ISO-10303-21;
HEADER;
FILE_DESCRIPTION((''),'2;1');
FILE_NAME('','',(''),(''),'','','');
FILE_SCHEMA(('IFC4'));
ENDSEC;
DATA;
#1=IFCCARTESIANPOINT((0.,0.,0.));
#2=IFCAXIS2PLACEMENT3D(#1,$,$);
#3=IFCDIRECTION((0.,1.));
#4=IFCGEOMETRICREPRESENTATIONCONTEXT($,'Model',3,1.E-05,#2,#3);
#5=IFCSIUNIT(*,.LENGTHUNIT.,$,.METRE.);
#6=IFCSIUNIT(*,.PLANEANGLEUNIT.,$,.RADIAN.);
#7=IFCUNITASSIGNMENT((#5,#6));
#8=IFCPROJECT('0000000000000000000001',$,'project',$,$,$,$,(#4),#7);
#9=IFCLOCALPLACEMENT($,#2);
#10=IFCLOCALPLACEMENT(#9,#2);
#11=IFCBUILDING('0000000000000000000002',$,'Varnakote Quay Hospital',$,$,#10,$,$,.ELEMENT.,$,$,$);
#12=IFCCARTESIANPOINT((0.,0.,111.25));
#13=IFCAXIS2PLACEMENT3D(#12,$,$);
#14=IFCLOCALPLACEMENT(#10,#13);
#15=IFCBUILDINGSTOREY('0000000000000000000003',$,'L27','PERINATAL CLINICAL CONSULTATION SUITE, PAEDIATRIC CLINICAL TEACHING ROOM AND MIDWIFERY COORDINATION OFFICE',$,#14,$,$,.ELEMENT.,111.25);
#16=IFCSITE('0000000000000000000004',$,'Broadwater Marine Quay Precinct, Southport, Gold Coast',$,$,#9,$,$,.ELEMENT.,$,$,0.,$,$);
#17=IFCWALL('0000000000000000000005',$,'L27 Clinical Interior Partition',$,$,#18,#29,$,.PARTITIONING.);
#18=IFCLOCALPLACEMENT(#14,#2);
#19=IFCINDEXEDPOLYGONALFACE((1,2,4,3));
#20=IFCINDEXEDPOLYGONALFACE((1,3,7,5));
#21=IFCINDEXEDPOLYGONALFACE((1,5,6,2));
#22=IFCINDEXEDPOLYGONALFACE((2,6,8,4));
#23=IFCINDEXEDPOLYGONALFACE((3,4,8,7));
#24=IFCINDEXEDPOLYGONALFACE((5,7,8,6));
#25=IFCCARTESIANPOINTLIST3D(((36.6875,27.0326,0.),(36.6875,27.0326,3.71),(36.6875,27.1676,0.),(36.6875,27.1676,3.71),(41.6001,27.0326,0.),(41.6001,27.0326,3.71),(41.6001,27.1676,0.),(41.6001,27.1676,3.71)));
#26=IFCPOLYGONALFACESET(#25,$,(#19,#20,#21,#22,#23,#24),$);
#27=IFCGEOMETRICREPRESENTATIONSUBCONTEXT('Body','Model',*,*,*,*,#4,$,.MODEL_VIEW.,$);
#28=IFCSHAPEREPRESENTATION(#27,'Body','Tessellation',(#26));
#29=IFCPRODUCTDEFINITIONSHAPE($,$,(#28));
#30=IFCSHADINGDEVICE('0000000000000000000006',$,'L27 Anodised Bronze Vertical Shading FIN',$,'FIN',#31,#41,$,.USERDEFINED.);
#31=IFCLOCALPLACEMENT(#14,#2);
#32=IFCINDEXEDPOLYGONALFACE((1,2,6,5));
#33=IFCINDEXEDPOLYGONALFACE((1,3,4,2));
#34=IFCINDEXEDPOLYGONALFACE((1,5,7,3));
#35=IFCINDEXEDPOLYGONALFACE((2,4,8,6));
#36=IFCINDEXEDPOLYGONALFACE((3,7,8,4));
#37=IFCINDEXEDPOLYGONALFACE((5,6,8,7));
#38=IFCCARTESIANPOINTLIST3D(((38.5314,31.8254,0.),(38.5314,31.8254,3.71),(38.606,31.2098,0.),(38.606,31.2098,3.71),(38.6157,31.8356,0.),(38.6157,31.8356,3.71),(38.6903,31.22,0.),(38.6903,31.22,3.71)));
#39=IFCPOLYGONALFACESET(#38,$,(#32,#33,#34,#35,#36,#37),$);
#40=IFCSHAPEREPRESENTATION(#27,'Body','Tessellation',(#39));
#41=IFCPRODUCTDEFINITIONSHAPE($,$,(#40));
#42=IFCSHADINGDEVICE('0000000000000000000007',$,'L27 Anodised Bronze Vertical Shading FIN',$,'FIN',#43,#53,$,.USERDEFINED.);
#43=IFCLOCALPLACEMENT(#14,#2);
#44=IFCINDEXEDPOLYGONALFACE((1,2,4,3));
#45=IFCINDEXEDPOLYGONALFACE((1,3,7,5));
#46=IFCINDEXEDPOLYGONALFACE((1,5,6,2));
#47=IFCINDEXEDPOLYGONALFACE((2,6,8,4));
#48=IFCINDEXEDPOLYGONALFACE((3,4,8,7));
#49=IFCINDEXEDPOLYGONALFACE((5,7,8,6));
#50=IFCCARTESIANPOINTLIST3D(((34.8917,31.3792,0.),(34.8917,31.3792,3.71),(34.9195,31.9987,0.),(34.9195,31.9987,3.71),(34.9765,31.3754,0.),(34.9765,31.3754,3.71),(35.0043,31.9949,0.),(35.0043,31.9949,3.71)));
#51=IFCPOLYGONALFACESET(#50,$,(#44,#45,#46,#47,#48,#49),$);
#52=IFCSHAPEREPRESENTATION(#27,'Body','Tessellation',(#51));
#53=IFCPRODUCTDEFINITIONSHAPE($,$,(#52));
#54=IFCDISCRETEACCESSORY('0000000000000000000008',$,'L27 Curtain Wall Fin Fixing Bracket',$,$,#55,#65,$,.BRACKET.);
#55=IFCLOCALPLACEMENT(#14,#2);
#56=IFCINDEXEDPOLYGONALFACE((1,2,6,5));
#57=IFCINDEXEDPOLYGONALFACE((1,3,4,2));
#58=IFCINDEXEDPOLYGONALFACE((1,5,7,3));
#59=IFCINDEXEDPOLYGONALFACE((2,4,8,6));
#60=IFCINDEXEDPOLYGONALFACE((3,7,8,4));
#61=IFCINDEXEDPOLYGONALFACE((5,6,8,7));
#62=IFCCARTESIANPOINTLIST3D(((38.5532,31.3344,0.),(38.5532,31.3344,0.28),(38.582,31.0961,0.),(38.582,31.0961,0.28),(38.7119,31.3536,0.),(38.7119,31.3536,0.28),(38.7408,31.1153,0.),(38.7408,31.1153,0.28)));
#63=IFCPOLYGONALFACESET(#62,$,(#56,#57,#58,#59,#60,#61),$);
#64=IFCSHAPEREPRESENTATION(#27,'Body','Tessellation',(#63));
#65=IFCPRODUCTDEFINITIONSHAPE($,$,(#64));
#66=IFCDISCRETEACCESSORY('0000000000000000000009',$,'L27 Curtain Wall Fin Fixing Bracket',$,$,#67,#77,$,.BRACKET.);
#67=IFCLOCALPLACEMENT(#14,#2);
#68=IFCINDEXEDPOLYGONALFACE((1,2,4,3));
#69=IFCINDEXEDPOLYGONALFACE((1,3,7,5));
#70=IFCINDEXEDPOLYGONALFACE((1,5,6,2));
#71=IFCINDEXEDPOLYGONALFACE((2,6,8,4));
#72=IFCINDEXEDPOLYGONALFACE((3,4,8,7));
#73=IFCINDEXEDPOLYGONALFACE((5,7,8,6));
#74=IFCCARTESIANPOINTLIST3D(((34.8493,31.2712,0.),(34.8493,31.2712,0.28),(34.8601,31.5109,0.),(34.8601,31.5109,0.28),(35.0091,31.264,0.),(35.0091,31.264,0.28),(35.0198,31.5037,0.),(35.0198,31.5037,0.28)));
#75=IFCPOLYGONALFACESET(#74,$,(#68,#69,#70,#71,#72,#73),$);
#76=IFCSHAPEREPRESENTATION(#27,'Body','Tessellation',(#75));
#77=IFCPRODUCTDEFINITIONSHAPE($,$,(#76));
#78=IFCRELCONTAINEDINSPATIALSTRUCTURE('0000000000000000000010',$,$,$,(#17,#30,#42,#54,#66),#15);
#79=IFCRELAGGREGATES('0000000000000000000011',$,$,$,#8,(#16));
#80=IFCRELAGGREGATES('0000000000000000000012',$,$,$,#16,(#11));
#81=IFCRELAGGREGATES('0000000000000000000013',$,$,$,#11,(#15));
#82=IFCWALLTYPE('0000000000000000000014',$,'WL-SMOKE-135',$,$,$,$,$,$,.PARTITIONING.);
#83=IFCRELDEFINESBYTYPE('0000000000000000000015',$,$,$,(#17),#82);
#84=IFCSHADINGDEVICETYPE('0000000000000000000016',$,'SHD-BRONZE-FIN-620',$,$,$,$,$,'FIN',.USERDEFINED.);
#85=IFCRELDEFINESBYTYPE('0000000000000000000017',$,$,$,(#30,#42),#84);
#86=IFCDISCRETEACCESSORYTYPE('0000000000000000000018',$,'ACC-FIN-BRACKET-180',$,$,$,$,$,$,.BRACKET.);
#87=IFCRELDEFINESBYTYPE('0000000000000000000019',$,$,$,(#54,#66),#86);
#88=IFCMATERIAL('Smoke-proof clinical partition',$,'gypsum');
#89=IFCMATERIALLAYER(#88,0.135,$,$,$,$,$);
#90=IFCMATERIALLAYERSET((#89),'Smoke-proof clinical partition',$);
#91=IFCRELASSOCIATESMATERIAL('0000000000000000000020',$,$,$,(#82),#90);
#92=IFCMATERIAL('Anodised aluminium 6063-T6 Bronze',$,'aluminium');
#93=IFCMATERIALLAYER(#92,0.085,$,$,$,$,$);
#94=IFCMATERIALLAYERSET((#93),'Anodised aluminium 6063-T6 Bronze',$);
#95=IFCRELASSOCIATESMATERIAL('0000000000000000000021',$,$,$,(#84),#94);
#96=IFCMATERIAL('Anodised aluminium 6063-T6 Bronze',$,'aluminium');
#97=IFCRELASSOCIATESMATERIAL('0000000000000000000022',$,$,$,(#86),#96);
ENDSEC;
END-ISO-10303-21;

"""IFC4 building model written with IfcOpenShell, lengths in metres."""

from ifc_helpers import new_model, si_unit, direction, frame, frame_2d, origin, origin_2d, place, context, subcontext, project, spatial, rectangle, extrude, material, layer, layer_set, type_object, element, save


model = new_model("IFC4")

# Units and contexts
model_context = context("Model", 3, precision=1e-05, world=origin(), true_north=direction((0.0, 1.0)))
body_context = subcontext(model_context, "Body", "Model", "MODEL_VIEW")
ifc_project = project(units=[si_unit("LENGTHUNIT", "METRE"), si_unit("PLANEANGLEUNIT", "RADIAN")], contexts=[model_context])

# Site, building, storey
site_placement = place(None, origin())
site = spatial("IfcSite", under=ifc_project, at=site_placement, Name="Broadwater Marine Quay Precinct, Southport, Gold Coast", CompositionType="ELEMENT", RefElevation=0.0)
building_placement = place(site_placement, origin())
building = spatial("IfcBuilding", under=site, at=building_placement, Name="Varnakote Quay Hospital", CompositionType="ELEMENT")
storey_placement = place(building_placement, frame((0.0, 0.0, 111.25)))
storey = spatial("IfcBuildingStorey", under=building, at=storey_placement, Name="L27", Description="PERINATAL CLINICAL CONSULTATION SUITE, PAEDIATRIC CLINICAL TEACHING ROOM AND MIDWIFERY COORDINATION OFFICE", CompositionType="ELEMENT", Elevation=111.25)

# Wall
ifc_material_1 = material(Name="Smoke-proof clinical partition", Category="gypsum")
ifc_layer_1 = layer(ifc_material_1, 0.135)
ifc_layer_set_1 = layer_set([ifc_layer_1], Name="Smoke-proof clinical partition")
wall_type = type_object("IfcWallType", Name="WL-SMOKE-135", PredefinedType="PARTITIONING", material=ifc_layer_set_1)
wall_1_placement = place(storey_placement, frame((41.6001, 27.1001, 0.0), z_axis=(0.0, 0.0, 1.0), x_axis=(-1.0, 0.0, 0.0)))
element("IfcWall", 1, at=wall_1_placement, inside=storey, type_object=wall_type, Name="L27 Clinical Interior Partition", PredefinedType="PARTITIONING", context=body_context, shape_type="SweptSolid", body=[
    extrude(rectangle(XDim=4.9126, YDim=0.135, at=frame_2d((2.4563, 0.0))), origin(), (0.0, 0.0, 1.0), 3.71),
])

# Shading devices
ifc_material_2 = material(Name="Anodised aluminium 6063-T6 Bronze", Category="aluminium")
ifc_layer_2 = layer(ifc_material_2, 0.085)
ifc_layer_set_2 = layer_set([ifc_layer_2], Name="Anodised aluminium 6063-T6 Bronze")
shading_device_type = type_object("IfcShadingDeviceType", Name="SHD-BRONZE-FIN-620", ElementType="FIN", PredefinedType="USERDEFINED", material=ifc_layer_set_2)
for number, where, z_axis, x_axis, name in (
    (2, (38.6108, 31.5227, 0.0), (0.0, 0.0, 1.0), (0.12031, -0.992736, 0.0), "L27 Anodised Bronze Vertical Shading FIN"),
    (3, (34.948, 31.687, 0.0), (0.0, 0.0, 1.0), (-0.04484, -0.998994, 0.0), "L27 Anodised Bronze Vertical Shading FIN"),
):
    element("IfcShadingDevice", number, at=place(storey_placement, frame(where, z_axis=z_axis, x_axis=x_axis)), inside=storey, type_object=shading_device_type, Name=name, ObjectType="FIN", PredefinedType="USERDEFINED", context=body_context, shape_type="SweptSolid", body=[
        extrude(rectangle(XDim=0.6201, YDim=0.085, at=origin_2d()), origin(), (0.0, 0.0, 1.0), 3.71),
    ])

# Discrete accessories
ifc_material_3 = material(Name="Anodised aluminium 6063-T6 Bronze", Category="aluminium")
discrete_accessory_type = type_object("IfcDiscreteAccessoryType", Name="ACC-FIN-BRACKET-180", PredefinedType="BRACKET", material=ifc_material_3)
for number, where, z_axis, x_axis, name in (
    (4, (38.647, 31.2249, 0.0), (0.0, 0.0, 1.0), (-0.992736, -0.12031, 0.0), "L27 Curtain Wall Fin Fixing Bracket"),
    (5, (34.9346, 31.3875, 0.0), (0.0, 0.0, 1.0), (-0.998994, 0.04484, 0.0), "L27 Curtain Wall Fin Fixing Bracket"),
):
    element("IfcDiscreteAccessory", number, at=place(storey_placement, frame(where, z_axis=z_axis, x_axis=x_axis)), inside=storey, type_object=discrete_accessory_type, Name=name, PredefinedType="BRACKET", context=body_context, shape_type="SweptSolid", body=[
        extrude(rectangle(XDim=0.1599, YDim=0.24, at=origin_2d()), origin(), (0.0, 0.0, 1.0), 0.28),
    ])

save(model, "model.ifc")
